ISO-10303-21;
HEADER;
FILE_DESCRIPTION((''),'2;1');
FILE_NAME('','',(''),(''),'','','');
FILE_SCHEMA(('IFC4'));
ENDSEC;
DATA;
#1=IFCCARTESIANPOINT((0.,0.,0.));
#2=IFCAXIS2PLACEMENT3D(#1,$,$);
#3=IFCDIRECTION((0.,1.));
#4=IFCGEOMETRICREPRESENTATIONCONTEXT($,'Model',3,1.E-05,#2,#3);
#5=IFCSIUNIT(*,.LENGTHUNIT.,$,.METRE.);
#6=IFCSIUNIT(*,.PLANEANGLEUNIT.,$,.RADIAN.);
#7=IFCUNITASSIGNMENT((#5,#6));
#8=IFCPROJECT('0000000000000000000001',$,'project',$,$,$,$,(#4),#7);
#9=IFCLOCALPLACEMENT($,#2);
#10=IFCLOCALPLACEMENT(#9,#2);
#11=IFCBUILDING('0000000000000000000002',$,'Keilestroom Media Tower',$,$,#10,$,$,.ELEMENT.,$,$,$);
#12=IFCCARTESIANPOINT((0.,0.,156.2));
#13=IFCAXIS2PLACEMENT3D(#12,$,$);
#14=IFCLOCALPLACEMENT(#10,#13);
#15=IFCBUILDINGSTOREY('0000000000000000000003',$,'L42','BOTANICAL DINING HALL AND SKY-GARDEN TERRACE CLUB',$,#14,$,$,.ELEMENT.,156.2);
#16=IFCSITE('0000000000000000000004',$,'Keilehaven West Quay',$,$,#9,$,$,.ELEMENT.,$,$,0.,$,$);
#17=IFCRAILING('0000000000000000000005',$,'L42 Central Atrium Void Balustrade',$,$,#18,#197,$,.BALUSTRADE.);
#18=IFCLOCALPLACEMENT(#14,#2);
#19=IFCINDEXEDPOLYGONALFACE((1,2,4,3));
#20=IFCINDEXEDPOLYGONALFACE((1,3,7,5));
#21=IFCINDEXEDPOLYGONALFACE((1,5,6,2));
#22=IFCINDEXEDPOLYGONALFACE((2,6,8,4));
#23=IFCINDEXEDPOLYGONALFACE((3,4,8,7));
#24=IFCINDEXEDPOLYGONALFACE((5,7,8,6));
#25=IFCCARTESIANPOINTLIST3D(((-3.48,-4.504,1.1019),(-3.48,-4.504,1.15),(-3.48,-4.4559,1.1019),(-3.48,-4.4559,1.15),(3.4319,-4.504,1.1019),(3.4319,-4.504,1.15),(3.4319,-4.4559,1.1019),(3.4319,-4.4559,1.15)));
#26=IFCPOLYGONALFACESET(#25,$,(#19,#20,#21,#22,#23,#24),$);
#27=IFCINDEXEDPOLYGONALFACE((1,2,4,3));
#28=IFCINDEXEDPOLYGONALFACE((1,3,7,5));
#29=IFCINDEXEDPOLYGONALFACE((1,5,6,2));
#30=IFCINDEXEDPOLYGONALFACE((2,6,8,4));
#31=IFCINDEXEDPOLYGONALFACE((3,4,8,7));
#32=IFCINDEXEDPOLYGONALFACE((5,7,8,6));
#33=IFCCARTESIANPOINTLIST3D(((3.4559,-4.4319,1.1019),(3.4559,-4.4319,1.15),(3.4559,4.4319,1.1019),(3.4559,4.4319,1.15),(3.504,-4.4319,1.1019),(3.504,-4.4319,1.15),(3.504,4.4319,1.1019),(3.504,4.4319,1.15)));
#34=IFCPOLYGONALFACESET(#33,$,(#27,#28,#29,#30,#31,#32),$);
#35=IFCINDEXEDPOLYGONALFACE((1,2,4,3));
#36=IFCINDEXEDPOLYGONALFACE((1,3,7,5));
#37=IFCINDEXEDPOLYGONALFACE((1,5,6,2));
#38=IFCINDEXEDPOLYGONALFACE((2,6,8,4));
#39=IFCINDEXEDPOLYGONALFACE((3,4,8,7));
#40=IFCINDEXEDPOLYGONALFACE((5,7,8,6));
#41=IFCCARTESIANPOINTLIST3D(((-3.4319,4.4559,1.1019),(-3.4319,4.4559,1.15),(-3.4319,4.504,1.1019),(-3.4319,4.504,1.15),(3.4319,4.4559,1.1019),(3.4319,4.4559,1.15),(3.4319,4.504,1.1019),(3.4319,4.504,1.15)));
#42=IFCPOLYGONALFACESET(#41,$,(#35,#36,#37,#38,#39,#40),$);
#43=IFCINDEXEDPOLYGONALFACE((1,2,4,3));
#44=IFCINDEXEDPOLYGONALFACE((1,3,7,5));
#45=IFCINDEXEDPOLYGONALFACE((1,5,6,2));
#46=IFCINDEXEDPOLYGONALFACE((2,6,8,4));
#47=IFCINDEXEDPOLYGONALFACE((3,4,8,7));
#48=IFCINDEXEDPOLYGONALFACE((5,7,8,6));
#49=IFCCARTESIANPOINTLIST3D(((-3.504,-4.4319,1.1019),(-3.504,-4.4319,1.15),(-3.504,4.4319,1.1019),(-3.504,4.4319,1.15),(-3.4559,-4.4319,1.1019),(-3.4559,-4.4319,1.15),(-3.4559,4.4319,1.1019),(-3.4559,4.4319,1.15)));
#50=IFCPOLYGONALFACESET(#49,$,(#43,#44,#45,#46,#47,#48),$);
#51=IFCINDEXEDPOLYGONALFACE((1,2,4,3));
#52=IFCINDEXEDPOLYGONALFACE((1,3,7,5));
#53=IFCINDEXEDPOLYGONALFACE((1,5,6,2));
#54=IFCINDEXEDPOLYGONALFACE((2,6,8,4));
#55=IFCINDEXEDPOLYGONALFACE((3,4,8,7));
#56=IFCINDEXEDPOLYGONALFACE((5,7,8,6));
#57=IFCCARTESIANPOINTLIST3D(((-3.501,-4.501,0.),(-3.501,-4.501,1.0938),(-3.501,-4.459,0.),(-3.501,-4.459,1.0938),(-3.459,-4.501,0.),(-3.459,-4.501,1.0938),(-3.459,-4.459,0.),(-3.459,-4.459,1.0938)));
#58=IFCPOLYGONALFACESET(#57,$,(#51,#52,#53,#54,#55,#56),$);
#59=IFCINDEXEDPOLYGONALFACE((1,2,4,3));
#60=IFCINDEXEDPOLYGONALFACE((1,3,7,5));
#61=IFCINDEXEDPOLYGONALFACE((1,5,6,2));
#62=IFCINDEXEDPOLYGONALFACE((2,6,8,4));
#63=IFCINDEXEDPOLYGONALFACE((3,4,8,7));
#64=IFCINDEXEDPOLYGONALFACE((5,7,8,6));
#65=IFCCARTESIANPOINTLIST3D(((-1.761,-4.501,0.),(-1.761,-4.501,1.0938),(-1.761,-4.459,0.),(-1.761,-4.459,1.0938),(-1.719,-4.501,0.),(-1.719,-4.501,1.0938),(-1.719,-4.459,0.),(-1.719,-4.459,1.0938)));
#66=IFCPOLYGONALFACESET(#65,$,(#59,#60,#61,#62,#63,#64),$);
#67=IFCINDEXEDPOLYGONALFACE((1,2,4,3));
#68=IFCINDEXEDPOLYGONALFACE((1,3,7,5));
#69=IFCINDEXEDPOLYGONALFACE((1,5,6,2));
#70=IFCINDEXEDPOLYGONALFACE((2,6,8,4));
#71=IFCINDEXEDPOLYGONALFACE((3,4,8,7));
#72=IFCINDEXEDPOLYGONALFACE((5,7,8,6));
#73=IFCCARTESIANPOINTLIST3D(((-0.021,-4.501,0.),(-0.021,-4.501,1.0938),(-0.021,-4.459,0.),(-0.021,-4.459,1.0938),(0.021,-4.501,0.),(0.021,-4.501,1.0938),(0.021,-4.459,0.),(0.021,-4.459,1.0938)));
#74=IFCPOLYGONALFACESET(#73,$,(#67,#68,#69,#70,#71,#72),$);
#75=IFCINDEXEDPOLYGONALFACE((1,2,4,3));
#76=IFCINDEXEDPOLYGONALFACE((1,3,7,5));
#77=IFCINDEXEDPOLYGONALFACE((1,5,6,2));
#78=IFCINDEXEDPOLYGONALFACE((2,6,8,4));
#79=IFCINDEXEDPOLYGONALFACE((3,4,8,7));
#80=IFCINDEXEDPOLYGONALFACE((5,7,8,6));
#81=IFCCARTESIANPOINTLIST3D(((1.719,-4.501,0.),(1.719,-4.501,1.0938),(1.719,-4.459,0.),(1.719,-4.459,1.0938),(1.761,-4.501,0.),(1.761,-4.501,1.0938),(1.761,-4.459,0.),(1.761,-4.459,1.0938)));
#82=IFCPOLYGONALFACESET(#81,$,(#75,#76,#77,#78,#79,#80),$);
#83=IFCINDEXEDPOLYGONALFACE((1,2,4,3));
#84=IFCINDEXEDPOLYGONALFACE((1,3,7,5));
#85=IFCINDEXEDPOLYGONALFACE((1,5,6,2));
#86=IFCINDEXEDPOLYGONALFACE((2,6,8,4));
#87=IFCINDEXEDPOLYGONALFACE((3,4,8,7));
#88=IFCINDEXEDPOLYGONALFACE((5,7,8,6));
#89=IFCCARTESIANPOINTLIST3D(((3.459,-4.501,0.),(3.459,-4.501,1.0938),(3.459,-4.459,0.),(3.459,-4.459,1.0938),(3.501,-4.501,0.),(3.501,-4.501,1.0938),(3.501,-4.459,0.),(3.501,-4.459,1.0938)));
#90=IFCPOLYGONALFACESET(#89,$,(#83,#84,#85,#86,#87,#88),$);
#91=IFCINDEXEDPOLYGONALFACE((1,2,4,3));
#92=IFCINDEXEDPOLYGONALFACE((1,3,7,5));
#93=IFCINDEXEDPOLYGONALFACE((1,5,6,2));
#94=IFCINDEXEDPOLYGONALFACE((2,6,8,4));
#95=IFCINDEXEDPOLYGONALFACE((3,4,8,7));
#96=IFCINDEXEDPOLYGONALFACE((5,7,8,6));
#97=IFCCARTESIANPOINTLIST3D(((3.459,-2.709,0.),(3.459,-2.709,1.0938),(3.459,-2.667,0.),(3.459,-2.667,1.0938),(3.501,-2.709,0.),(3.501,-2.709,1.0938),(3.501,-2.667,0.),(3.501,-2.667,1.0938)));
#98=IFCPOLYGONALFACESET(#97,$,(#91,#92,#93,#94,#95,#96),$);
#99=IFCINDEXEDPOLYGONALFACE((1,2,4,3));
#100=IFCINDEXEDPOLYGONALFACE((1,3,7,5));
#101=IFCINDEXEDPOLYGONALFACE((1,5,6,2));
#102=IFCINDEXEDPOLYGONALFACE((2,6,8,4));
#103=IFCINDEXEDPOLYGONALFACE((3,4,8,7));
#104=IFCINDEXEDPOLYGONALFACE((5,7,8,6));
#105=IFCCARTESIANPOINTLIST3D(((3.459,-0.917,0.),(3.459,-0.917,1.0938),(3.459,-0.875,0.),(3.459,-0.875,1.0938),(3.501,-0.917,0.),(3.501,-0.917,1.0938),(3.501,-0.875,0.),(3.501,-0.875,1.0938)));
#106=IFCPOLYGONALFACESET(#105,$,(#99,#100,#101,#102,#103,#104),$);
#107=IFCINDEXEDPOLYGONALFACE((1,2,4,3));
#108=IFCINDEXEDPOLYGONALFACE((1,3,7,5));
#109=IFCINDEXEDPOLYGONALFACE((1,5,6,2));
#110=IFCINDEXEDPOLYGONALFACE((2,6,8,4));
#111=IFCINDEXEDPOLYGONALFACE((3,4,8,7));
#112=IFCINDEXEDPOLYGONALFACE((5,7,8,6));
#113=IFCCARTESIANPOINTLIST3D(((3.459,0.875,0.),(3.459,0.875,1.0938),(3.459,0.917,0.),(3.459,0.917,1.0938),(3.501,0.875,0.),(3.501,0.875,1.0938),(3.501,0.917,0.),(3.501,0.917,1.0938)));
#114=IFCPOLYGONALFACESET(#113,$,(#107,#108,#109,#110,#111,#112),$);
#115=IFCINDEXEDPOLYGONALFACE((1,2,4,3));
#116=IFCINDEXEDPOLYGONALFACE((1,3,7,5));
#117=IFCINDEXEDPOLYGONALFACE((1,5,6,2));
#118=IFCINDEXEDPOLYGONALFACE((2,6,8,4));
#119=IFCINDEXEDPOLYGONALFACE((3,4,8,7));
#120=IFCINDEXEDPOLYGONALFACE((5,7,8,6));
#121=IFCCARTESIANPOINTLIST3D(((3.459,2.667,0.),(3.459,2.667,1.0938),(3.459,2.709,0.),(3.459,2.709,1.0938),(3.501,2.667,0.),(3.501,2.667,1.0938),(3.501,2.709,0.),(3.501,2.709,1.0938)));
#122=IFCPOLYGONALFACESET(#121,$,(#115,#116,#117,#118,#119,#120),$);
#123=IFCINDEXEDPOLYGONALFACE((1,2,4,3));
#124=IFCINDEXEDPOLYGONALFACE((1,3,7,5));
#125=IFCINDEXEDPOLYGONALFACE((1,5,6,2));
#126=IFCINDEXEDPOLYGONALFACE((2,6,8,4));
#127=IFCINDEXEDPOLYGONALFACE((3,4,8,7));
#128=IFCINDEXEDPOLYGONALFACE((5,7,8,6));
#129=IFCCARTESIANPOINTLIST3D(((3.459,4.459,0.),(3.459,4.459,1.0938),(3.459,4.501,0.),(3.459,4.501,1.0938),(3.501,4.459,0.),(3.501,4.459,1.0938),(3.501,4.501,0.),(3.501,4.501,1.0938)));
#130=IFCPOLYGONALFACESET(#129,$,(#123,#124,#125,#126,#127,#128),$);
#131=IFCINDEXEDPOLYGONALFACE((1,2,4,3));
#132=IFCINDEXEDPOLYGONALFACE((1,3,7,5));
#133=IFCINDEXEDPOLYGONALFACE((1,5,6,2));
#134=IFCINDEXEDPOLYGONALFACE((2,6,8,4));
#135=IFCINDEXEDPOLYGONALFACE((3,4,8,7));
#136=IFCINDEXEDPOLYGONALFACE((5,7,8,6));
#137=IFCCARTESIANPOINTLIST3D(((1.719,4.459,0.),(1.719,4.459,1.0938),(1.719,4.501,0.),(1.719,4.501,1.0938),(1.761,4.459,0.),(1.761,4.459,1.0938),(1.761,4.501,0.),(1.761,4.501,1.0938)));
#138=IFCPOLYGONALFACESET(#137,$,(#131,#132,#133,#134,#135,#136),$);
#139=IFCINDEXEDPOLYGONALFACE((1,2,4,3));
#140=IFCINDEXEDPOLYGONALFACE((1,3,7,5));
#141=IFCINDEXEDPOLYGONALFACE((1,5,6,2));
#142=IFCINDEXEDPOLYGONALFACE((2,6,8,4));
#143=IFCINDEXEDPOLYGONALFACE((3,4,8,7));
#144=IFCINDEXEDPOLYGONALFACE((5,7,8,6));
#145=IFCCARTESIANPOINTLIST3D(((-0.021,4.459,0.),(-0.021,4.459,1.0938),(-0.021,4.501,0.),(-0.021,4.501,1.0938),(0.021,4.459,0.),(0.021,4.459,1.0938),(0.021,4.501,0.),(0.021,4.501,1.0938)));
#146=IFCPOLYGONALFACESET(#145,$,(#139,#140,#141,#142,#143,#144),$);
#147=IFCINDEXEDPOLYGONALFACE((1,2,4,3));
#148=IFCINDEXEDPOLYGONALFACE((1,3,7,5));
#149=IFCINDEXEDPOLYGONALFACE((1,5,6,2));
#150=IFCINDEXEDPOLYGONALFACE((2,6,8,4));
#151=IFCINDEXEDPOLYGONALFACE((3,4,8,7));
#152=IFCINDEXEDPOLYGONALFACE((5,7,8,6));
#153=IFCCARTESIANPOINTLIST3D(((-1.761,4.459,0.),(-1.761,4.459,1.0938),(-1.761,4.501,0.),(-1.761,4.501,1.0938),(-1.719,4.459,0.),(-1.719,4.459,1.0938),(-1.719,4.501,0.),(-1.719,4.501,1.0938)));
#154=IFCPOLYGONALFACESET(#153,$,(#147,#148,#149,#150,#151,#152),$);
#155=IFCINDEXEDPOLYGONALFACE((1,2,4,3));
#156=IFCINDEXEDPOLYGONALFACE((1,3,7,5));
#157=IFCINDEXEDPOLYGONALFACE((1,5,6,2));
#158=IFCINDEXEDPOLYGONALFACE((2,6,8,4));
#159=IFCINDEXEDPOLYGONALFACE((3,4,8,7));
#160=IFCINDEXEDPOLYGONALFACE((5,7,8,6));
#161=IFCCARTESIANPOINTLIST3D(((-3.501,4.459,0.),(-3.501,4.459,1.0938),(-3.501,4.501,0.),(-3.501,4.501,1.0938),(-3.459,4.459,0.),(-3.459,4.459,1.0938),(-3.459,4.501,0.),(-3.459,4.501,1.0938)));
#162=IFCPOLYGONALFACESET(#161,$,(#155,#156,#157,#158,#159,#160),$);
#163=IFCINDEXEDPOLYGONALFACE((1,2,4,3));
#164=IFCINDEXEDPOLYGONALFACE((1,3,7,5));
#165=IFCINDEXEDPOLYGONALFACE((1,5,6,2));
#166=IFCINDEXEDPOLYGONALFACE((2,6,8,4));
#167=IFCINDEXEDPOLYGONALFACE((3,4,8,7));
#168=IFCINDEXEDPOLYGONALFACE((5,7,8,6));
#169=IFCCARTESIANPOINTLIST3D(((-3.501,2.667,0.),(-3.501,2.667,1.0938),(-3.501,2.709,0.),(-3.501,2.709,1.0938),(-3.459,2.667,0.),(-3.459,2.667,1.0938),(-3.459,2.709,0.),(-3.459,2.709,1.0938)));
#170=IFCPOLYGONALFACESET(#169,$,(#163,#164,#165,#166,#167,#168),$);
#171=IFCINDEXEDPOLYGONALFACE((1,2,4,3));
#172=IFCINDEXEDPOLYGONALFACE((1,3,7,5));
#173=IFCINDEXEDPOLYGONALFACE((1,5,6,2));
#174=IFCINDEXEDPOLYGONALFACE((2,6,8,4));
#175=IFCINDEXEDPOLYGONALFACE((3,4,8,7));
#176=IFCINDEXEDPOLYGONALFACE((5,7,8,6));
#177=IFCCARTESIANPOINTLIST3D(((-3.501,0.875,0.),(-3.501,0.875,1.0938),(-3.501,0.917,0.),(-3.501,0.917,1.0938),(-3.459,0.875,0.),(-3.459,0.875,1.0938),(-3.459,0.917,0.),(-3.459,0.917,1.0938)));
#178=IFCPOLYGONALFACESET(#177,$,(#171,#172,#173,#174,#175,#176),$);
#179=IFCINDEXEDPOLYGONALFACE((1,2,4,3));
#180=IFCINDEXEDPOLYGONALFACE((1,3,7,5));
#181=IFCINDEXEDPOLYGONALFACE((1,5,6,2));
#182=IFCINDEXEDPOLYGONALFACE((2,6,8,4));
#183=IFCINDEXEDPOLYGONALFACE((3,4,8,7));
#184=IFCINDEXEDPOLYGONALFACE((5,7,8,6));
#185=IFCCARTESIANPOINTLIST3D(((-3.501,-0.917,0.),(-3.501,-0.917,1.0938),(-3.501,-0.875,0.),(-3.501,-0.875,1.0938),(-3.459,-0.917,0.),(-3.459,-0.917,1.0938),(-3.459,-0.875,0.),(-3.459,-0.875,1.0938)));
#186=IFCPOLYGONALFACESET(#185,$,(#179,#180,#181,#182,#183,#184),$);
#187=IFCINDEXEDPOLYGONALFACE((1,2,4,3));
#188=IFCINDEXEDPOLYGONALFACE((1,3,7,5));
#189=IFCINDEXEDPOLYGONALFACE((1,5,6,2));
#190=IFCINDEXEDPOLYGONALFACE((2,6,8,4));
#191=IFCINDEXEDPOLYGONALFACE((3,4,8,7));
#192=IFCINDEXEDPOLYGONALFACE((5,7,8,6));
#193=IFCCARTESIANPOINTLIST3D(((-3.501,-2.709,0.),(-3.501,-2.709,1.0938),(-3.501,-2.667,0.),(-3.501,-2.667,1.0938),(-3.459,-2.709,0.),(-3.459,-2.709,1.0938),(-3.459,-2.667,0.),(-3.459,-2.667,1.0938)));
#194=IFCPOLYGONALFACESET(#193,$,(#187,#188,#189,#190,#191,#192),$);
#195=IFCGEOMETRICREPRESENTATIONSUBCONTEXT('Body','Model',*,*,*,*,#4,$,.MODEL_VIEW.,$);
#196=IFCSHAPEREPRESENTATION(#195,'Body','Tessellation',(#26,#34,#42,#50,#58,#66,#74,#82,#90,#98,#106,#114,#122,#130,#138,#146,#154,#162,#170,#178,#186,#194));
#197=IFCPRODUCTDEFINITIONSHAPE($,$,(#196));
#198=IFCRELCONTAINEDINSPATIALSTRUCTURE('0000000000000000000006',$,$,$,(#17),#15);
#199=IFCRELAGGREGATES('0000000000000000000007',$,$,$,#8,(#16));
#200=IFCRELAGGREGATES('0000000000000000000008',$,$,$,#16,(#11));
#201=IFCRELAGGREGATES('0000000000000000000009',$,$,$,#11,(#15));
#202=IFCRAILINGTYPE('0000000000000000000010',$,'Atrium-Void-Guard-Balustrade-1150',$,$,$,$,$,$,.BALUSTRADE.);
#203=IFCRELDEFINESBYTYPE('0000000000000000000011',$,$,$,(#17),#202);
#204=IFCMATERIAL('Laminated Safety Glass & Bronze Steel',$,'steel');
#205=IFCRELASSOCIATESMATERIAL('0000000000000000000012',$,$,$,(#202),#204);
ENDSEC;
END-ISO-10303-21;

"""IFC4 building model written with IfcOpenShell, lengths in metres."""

from ifc_helpers import new_model, si_unit, direction, frame, origin, origin_2d, place, context, subcontext, project, spatial, rectangle, extrude, material, type_object, element, save


model = new_model("IFC4")

# Units and contexts
model_context = context("Model", 3, precision=1e-05, world=origin(), true_north=direction((0.0, 1.0)))
body_context = subcontext(model_context, "Body", "Model", "MODEL_VIEW")
ifc_project = project(units=[si_unit("LENGTHUNIT", "METRE"), si_unit("PLANEANGLEUNIT", "RADIAN")], contexts=[model_context])

# Site, building, storey
site_placement = place(None, origin())
site = spatial("IfcSite", under=ifc_project, at=site_placement, Name="Keilehaven West Quay", CompositionType="ELEMENT", RefElevation=0.0)
building_placement = place(site_placement, origin())
building = spatial("IfcBuilding", under=site, at=building_placement, Name="Keilestroom Media Tower", CompositionType="ELEMENT")
storey_placement = place(building_placement, frame((0.0, 0.0, 156.2)))
storey = spatial("IfcBuildingStorey", under=building, at=storey_placement, Name="L42", Description="BOTANICAL DINING HALL AND SKY-GARDEN TERRACE CLUB", CompositionType="ELEMENT", Elevation=156.2)

# Railing
ifc_material_1 = material(Name="Laminated Safety Glass & Bronze Steel", Category="steel")
railing_type = type_object("IfcRailingType", Name="Atrium-Void-Guard-Balustrade-1150", PredefinedType="BALUSTRADE", material=ifc_material_1)
railing_placement = place(storey_placement, frame((-3.48, -4.48, 0.0)))
element("IfcRailing", 1, at=railing_placement, inside=storey, type_object=railing_type, Name="L42 Central Atrium Void Balustrade", PredefinedType="BALUSTRADE", context=body_context, shape_type="SweptSolid", body=[
    extrude(rectangle(XDim=0.0481, YDim=0.0481, at=origin_2d()), frame((0.0, 0.0, 1.126), z_axis=(1.0, 0.0, 0.0), x_axis=(0.0, 1.0, 0.0)), (0.0, 0.0, 1.0), 6.9119),
    extrude(rectangle(XDim=0.0481, YDim=0.0481, at=origin_2d()), frame((6.96, 0.0481, 1.126), z_axis=(0.0, 1.0, 0.0), x_axis=(-1.0, 0.0, 0.0)), (0.0, 0.0, 1.0), 8.8638),
    extrude(rectangle(XDim=0.0481, YDim=0.0481, at=origin_2d()), frame((6.9119, 8.96, 1.126), z_axis=(-1.0, 0.0, 0.0), x_axis=(0.0, -1.0, 0.0)), (0.0, 0.0, 1.0), 6.8638),
    extrude(rectangle(XDim=0.0481, YDim=0.0481, at=origin_2d()), frame((0.0, 8.9119, 1.126), z_axis=(0.0, -1.0, 0.0), x_axis=(1.0, 0.0, 0.0)), (0.0, 0.0, 1.0), 8.8638),
    extrude(rectangle(XDim=0.042, YDim=0.042, at=origin_2d()), origin(), (0.0, 0.0, 1.0), 1.0938),
    extrude(rectangle(XDim=0.042, YDim=0.042, at=origin_2d()), frame((1.74, 0.0, 0.0)), (0.0, 0.0, 1.0), 1.0938),
    extrude(rectangle(XDim=0.042, YDim=0.042, at=origin_2d()), frame((3.48, 0.0, 0.0)), (0.0, 0.0, 1.0), 1.0938),
    extrude(rectangle(XDim=0.042, YDim=0.042, at=origin_2d()), frame((5.22, 0.0, 0.0)), (0.0, 0.0, 1.0), 1.0938),
    extrude(rectangle(XDim=0.042, YDim=0.042, at=origin_2d()), frame((6.96, 0.0, 0.0)), (0.0, 0.0, 1.0), 1.0938),
    extrude(rectangle(XDim=0.042, YDim=0.042, at=origin_2d()), frame((6.96, 1.792, 0.0)), (0.0, 0.0, 1.0), 1.0938),
    extrude(rectangle(XDim=0.042, YDim=0.042, at=origin_2d()), frame((6.96, 3.584, 0.0)), (0.0, 0.0, 1.0), 1.0938),
    extrude(rectangle(XDim=0.042, YDim=0.042, at=origin_2d()), frame((6.96, 5.376, 0.0)), (0.0, 0.0, 1.0), 1.0938),
    extrude(rectangle(XDim=0.042, YDim=0.042, at=origin_2d()), frame((6.96, 7.168, 0.0)), (0.0, 0.0, 1.0), 1.0938),
    extrude(rectangle(XDim=0.042, YDim=0.042, at=origin_2d()), frame((6.96, 8.96, 0.0)), (0.0, 0.0, 1.0), 1.0938),
    extrude(rectangle(XDim=0.042, YDim=0.042, at=origin_2d()), frame((5.22, 8.96, 0.0)), (0.0, 0.0, 1.0), 1.0938),
    extrude(rectangle(XDim=0.042, YDim=0.042, at=origin_2d()), frame((3.48, 8.96, 0.0)), (0.0, 0.0, 1.0), 1.0938),
    extrude(rectangle(XDim=0.042, YDim=0.042, at=origin_2d()), frame((1.74, 8.96, 0.0)), (0.0, 0.0, 1.0), 1.0938),
    extrude(rectangle(XDim=0.042, YDim=0.042, at=origin_2d()), frame((0.0, 8.96, 0.0)), (0.0, 0.0, 1.0), 1.0938),
    extrude(rectangle(XDim=0.042, YDim=0.042, at=origin_2d()), frame((0.0, 7.168, 0.0)), (0.0, 0.0, 1.0), 1.0938),
    extrude(rectangle(XDim=0.042, YDim=0.042, at=origin_2d()), frame((0.0, 5.376, 0.0)), (0.0, 0.0, 1.0), 1.0938),
    extrude(rectangle(XDim=0.042, YDim=0.042, at=origin_2d()), frame((0.0, 3.584, 0.0)), (0.0, 0.0, 1.0), 1.0938),
    extrude(rectangle(XDim=0.042, YDim=0.042, at=origin_2d()), frame((0.0, 1.792, 0.0)), (0.0, 0.0, 1.0), 1.0938),
])

save(model, "model.ifc")
